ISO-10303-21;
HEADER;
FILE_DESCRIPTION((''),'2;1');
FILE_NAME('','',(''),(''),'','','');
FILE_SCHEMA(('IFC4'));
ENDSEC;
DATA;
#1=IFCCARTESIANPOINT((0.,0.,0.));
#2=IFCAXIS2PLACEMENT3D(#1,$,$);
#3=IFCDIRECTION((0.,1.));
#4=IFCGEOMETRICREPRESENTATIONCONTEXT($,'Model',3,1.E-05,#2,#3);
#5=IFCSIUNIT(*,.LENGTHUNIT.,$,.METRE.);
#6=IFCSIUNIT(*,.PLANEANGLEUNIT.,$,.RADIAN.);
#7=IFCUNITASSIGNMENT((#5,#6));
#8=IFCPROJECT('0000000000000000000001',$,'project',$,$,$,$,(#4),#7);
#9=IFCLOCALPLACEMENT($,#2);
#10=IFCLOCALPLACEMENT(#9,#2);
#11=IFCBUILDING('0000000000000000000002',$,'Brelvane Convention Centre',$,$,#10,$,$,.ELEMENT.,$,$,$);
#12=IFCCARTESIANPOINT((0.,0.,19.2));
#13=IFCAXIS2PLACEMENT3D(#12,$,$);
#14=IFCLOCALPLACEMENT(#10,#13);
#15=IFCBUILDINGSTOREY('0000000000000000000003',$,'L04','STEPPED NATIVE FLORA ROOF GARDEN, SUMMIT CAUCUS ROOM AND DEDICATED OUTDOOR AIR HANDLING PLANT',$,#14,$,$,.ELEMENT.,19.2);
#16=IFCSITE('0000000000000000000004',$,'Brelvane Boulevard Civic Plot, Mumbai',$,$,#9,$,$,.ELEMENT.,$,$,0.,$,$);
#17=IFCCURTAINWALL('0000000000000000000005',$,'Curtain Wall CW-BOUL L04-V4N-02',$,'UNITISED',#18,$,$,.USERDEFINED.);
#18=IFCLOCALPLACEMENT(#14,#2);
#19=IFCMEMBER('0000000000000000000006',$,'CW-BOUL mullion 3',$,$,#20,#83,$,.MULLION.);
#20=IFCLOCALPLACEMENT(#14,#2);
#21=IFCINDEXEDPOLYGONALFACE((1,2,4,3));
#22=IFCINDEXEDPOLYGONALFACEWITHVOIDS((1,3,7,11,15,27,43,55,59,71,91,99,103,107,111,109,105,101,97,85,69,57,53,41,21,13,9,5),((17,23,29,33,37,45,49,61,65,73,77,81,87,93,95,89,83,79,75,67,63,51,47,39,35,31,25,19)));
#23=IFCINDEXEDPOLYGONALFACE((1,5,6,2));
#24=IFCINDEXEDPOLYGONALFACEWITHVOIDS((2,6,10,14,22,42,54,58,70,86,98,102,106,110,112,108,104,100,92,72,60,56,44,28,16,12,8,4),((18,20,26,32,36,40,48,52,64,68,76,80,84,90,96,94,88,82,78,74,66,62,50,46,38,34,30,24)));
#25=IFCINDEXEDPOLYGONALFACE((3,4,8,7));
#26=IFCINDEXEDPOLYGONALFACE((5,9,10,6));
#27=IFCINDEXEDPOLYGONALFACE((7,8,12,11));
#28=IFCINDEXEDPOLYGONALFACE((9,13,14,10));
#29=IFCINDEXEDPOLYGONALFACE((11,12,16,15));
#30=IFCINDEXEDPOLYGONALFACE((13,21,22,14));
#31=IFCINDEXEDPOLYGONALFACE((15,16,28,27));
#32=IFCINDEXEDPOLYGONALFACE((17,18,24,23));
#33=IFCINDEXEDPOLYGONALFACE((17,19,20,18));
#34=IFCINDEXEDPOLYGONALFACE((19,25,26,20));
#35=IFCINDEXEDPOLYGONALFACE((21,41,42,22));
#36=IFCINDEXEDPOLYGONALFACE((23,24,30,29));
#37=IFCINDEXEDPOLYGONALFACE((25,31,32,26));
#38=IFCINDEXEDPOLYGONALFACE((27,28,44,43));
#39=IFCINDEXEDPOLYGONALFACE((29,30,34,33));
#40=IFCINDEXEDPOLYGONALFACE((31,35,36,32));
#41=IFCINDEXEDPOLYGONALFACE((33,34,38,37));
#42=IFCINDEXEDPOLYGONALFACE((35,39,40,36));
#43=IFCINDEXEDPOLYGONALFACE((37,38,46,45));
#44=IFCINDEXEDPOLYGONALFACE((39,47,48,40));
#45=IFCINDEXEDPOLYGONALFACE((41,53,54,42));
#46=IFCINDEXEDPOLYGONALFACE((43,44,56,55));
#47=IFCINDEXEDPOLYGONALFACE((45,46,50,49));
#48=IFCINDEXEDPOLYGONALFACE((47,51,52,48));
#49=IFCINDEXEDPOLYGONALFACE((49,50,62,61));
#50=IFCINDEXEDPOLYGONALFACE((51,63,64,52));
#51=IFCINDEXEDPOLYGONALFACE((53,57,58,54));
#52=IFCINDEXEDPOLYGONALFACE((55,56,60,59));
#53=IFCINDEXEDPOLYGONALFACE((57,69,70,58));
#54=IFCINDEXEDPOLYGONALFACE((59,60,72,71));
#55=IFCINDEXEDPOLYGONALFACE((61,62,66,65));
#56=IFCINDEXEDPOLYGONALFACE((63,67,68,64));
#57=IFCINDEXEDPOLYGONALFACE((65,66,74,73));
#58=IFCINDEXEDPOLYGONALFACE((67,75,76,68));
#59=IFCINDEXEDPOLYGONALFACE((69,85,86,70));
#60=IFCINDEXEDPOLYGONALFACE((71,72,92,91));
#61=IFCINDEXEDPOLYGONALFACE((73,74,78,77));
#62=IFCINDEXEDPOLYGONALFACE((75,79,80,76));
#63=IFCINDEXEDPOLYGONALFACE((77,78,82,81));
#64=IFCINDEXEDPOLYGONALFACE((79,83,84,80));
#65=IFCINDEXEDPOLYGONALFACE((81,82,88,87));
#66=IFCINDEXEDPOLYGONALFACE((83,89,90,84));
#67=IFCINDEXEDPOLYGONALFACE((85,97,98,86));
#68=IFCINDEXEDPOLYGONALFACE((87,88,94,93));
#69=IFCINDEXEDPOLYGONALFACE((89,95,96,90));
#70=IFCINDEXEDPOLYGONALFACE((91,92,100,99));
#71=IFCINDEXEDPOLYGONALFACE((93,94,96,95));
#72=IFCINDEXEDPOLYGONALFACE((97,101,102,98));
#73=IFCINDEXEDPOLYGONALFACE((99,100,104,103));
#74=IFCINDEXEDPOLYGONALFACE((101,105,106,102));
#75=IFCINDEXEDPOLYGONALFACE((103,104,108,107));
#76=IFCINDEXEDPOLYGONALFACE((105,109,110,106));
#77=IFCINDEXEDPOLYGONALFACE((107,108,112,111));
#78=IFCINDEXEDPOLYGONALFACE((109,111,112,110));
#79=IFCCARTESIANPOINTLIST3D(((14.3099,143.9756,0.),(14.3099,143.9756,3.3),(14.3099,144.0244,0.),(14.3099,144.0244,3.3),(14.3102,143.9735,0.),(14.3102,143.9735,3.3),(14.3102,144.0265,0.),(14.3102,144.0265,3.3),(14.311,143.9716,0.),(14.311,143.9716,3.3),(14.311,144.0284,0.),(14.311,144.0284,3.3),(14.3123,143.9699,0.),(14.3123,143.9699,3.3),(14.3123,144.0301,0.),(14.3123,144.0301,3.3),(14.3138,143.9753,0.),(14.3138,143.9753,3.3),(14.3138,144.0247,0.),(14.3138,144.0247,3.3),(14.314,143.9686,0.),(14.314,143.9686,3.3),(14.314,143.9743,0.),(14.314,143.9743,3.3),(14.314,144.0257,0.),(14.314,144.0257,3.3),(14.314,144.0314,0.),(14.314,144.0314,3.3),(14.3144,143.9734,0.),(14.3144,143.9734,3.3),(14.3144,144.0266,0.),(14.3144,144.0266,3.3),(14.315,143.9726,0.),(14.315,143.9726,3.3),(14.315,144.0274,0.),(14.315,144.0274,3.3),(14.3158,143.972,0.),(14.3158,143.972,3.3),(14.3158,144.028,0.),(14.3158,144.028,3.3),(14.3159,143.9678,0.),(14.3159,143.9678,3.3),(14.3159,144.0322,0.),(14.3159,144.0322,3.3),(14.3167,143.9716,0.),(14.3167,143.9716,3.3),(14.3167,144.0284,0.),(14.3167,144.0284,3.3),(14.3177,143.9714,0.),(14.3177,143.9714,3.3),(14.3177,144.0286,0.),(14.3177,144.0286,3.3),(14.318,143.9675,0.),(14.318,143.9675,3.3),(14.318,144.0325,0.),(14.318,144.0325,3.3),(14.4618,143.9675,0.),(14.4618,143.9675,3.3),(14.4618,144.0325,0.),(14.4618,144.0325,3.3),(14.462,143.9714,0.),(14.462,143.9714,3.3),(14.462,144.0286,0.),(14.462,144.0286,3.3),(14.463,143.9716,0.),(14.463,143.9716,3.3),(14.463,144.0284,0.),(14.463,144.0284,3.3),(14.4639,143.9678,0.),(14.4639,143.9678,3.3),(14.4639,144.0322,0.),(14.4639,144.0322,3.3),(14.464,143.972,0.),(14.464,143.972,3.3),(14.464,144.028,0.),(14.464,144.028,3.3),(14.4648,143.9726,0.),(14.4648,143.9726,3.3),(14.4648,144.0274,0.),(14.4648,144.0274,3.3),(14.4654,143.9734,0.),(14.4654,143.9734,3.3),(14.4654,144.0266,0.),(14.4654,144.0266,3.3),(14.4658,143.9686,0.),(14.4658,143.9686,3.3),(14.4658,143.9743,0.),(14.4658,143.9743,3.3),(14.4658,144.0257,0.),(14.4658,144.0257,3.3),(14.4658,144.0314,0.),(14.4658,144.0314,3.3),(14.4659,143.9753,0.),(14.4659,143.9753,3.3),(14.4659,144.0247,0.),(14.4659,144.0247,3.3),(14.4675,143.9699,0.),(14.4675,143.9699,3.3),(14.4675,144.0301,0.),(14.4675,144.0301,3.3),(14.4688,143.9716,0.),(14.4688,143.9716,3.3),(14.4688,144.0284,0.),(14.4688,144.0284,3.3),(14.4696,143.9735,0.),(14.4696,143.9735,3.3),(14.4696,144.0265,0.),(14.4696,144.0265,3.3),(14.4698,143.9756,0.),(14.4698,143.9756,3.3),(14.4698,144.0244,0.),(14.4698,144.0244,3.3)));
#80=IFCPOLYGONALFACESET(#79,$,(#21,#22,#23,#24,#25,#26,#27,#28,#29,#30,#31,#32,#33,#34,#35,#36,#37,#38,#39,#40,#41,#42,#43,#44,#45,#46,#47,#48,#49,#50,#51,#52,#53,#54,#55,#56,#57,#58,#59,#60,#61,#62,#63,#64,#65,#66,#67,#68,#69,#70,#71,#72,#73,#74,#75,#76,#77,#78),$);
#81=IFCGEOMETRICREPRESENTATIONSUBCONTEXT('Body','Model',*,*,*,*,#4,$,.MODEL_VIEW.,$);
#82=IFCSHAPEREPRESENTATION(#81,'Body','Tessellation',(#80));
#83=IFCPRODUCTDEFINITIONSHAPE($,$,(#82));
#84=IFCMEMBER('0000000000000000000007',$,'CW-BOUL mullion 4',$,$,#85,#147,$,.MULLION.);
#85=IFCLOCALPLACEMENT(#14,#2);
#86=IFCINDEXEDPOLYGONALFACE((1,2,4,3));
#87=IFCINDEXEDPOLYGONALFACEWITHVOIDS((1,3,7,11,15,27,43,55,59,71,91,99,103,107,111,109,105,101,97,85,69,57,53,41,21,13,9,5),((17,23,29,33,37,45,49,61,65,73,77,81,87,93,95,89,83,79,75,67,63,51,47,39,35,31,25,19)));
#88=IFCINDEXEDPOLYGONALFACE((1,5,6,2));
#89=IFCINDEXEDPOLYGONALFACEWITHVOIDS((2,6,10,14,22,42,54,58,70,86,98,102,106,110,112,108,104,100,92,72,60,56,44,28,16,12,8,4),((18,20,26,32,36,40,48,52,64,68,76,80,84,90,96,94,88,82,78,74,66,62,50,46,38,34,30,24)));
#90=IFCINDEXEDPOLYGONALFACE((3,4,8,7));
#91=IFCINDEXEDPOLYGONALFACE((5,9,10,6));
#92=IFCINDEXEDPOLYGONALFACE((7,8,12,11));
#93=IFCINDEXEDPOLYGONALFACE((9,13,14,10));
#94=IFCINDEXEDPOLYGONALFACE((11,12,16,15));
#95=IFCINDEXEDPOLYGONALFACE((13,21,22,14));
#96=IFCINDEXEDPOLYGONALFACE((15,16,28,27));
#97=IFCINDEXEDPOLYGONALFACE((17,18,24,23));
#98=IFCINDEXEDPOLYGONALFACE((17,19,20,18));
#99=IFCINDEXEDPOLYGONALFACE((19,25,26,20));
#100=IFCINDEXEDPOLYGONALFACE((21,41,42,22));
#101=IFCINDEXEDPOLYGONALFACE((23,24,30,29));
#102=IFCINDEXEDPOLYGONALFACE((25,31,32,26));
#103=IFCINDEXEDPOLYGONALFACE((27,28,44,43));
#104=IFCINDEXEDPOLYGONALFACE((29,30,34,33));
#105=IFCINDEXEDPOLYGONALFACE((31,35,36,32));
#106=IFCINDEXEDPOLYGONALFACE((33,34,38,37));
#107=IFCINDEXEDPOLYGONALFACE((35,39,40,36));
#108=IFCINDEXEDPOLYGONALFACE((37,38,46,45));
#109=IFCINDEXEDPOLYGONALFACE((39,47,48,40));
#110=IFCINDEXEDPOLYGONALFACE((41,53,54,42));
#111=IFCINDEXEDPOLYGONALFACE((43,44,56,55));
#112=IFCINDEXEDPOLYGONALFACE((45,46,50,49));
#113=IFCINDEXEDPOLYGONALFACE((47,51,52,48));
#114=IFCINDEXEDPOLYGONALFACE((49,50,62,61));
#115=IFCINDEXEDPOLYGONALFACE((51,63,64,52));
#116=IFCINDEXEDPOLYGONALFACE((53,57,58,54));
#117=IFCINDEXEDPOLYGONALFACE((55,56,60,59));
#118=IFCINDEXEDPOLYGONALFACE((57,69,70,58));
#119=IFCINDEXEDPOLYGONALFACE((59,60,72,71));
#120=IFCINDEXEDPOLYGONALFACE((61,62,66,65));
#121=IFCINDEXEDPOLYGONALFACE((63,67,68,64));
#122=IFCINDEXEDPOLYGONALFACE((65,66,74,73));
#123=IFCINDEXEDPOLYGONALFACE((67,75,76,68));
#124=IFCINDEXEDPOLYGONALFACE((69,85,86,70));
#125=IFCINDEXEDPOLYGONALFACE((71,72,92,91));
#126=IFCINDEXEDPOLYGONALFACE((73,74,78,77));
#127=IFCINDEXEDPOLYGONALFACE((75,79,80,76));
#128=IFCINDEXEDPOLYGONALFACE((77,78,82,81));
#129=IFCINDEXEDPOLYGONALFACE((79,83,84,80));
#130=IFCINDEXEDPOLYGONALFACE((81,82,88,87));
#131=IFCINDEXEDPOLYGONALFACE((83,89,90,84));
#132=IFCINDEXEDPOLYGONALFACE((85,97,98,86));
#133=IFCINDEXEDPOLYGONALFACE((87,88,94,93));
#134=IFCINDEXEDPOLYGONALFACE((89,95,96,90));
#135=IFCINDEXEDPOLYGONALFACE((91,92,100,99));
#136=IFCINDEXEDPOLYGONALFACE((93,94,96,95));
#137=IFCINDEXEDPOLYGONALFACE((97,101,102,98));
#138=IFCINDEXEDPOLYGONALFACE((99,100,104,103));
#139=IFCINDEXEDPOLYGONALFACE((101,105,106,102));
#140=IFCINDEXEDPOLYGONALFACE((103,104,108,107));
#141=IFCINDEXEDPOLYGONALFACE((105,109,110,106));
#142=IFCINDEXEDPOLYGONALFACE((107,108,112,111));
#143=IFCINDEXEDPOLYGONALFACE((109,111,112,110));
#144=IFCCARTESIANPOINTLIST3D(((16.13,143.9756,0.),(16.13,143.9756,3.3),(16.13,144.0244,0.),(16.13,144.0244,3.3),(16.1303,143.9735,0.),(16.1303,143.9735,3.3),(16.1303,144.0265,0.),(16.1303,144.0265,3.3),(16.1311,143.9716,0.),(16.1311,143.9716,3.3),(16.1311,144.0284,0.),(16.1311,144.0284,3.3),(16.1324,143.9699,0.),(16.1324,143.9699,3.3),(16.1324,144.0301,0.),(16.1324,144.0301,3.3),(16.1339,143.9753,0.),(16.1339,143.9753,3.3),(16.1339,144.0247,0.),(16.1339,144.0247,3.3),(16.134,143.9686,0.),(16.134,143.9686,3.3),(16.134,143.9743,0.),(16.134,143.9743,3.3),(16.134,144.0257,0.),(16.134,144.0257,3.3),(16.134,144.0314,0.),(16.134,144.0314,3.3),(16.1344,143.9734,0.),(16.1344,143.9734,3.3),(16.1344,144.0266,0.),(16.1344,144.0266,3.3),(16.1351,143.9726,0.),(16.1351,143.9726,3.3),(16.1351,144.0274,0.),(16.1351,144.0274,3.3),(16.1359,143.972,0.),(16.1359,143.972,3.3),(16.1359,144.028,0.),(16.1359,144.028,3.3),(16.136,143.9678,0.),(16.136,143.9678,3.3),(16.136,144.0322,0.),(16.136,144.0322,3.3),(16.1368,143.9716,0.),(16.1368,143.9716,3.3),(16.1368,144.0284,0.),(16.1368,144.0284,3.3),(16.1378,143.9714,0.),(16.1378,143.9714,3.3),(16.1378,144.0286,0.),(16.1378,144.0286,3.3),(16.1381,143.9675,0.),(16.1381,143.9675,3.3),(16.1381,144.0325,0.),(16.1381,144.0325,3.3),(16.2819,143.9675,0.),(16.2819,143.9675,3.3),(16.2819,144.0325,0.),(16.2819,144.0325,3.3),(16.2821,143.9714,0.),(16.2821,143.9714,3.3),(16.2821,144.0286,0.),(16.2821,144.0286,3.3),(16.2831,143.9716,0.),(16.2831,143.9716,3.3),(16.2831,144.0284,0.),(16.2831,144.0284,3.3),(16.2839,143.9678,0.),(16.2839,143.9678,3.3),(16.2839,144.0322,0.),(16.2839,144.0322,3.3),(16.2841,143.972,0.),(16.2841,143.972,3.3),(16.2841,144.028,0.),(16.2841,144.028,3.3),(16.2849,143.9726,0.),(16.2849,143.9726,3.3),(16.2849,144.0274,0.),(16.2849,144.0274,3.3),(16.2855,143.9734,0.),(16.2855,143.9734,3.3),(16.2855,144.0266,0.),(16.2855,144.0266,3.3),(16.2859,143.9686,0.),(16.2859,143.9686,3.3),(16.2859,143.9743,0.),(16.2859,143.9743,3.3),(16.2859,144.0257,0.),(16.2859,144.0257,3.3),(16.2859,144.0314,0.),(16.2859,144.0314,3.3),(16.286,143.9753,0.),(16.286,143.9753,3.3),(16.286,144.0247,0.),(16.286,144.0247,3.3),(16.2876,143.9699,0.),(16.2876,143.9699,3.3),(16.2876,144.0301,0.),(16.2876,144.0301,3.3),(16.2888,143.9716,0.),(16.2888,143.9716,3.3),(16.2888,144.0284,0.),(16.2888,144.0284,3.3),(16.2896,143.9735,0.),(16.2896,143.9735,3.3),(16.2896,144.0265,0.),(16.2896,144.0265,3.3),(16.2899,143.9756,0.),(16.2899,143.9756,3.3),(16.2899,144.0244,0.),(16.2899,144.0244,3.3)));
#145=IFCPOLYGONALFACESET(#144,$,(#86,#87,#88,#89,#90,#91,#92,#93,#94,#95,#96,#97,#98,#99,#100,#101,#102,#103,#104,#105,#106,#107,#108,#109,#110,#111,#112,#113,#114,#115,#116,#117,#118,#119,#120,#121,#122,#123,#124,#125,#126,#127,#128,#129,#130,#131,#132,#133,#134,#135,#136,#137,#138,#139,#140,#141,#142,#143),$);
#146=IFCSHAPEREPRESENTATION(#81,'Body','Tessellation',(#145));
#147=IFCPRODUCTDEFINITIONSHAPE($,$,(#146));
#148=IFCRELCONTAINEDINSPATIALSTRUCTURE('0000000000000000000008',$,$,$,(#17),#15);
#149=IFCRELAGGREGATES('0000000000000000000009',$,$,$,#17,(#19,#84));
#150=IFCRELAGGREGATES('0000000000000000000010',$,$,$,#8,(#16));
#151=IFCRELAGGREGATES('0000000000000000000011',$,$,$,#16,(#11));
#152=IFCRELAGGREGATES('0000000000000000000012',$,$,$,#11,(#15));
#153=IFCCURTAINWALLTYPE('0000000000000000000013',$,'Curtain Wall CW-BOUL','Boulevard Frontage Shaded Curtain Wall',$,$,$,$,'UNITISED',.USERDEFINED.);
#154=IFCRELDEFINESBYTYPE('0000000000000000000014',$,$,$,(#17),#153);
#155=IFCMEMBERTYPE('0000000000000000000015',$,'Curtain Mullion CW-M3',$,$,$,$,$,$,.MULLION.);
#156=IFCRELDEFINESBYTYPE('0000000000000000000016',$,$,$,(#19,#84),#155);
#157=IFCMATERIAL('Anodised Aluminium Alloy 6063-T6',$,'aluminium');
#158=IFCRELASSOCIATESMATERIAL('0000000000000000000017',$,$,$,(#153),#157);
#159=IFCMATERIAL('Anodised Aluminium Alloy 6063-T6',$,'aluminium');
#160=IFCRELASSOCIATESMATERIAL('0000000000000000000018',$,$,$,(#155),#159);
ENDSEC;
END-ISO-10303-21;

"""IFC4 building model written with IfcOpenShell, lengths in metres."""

from ifc_helpers import new_model, si_unit, direction, frame, origin, origin_2d, place, context, subcontext, project, spatial, hollow_rectangle, extrude, material, material_profile, profile_set, type_object, element, aggregate, save


model = new_model("IFC4")

# Units and contexts
model_context = context("Model", 3, precision=1e-05, world=origin(), true_north=direction((0.0, 1.0)))
body_context = subcontext(model_context, "Body", "Model", "MODEL_VIEW")
ifc_project = project(units=[si_unit("LENGTHUNIT", "METRE"), si_unit("PLANEANGLEUNIT", "RADIAN")], contexts=[model_context])

# Site, building, storey
site_placement = place(None, origin())
site = spatial("IfcSite", under=ifc_project, at=site_placement, Name="Brelvane Boulevard Civic Plot, Mumbai", CompositionType="ELEMENT", RefElevation=0.0)
building_placement = place(site_placement, origin())
building = spatial("IfcBuilding", under=site, at=building_placement, Name="Brelvane Convention Centre", CompositionType="ELEMENT")
storey_placement = place(building_placement, frame((0.0, 0.0, 19.2)))
storey = spatial("IfcBuildingStorey", under=building, at=storey_placement, Name="L04", Description="STEPPED NATIVE FLORA ROOF GARDEN, SUMMIT CAUCUS ROOM AND DEDICATED OUTDOOR AIR HANDLING PLANT", CompositionType="ELEMENT", Elevation=19.2)

# Curtain wall, members
ifc_material_1 = material(Name="Anodised Aluminium Alloy 6063-T6", Category="aluminium")
curtain_wall_type = type_object("IfcCurtainWallType", Name="Curtain Wall CW-BOUL", Description="Boulevard Frontage Shaded Curtain Wall", ElementType="UNITISED", PredefinedType="USERDEFINED", material=ifc_material_1)
curtain_wall_placement = place(storey_placement, origin())
curtain_wall = element("IfcCurtainWall", 1, at=curtain_wall_placement, inside=storey, type_object=curtain_wall_type, Name="Curtain Wall CW-BOUL L04-V4N-02", ObjectType="UNITISED", PredefinedType="USERDEFINED")
ifc_material_2 = material(Name="Anodised Aluminium Alloy 6063-T6", Category="aluminium")
ifc_material_profile_1 = material_profile(ifc_material_2, hollow_rectangle(XDim=0.0649, YDim=0.1599, WallThickness=0.0039, InnerFilletRadius=0.0039, OuterFilletRadius=0.0081, at=origin_2d()), Name="ALU-M 160x65x4.0")
ifc_profile_set_1 = profile_set([ifc_material_profile_1], Name="Anodised Aluminium Alloy 6063-T6")
member_type_1 = type_object("IfcMemberType", Name="Curtain Mullion CW-M3", PredefinedType="MULLION", material=ifc_profile_set_1)
member_1_placement = place(storey_placement, frame((14.3899, 144.0, 0.0), z_axis=(0.0, 0.0, 1.0), x_axis=(0.0, 1.0, 0.0)))
member_1 = element("IfcMember", 2, at=member_1_placement, type_object=member_type_1, Name="CW-BOUL mullion 3", PredefinedType="MULLION", context=body_context, shape_type="SweptSolid", body=[
    extrude(hollow_rectangle(XDim=0.0649, YDim=0.1599, WallThickness=0.0039, InnerFilletRadius=0.0039, OuterFilletRadius=0.0081, at=origin_2d()), origin(), (0.0, 0.0, 1.0), 3.3),
])
member_2_placement = place(storey_placement, frame((16.21, 144.0, 0.0), z_axis=(0.0, 0.0, 1.0), x_axis=(0.0, 1.0, 0.0)))
member_2 = element("IfcMember", 3, at=member_2_placement, type_object=member_type_1, Name="CW-BOUL mullion 4", PredefinedType="MULLION", context=body_context, shape_type="SweptSolid", body=[
    extrude(hollow_rectangle(XDim=0.0649, YDim=0.1599, WallThickness=0.0039, InnerFilletRadius=0.0039, OuterFilletRadius=0.0081, at=origin_2d()), origin(), (0.0, 0.0, 1.0), 3.3),
])

aggregate(curtain_wall, [member_1, member_2])

save(model, "model.ifc")
